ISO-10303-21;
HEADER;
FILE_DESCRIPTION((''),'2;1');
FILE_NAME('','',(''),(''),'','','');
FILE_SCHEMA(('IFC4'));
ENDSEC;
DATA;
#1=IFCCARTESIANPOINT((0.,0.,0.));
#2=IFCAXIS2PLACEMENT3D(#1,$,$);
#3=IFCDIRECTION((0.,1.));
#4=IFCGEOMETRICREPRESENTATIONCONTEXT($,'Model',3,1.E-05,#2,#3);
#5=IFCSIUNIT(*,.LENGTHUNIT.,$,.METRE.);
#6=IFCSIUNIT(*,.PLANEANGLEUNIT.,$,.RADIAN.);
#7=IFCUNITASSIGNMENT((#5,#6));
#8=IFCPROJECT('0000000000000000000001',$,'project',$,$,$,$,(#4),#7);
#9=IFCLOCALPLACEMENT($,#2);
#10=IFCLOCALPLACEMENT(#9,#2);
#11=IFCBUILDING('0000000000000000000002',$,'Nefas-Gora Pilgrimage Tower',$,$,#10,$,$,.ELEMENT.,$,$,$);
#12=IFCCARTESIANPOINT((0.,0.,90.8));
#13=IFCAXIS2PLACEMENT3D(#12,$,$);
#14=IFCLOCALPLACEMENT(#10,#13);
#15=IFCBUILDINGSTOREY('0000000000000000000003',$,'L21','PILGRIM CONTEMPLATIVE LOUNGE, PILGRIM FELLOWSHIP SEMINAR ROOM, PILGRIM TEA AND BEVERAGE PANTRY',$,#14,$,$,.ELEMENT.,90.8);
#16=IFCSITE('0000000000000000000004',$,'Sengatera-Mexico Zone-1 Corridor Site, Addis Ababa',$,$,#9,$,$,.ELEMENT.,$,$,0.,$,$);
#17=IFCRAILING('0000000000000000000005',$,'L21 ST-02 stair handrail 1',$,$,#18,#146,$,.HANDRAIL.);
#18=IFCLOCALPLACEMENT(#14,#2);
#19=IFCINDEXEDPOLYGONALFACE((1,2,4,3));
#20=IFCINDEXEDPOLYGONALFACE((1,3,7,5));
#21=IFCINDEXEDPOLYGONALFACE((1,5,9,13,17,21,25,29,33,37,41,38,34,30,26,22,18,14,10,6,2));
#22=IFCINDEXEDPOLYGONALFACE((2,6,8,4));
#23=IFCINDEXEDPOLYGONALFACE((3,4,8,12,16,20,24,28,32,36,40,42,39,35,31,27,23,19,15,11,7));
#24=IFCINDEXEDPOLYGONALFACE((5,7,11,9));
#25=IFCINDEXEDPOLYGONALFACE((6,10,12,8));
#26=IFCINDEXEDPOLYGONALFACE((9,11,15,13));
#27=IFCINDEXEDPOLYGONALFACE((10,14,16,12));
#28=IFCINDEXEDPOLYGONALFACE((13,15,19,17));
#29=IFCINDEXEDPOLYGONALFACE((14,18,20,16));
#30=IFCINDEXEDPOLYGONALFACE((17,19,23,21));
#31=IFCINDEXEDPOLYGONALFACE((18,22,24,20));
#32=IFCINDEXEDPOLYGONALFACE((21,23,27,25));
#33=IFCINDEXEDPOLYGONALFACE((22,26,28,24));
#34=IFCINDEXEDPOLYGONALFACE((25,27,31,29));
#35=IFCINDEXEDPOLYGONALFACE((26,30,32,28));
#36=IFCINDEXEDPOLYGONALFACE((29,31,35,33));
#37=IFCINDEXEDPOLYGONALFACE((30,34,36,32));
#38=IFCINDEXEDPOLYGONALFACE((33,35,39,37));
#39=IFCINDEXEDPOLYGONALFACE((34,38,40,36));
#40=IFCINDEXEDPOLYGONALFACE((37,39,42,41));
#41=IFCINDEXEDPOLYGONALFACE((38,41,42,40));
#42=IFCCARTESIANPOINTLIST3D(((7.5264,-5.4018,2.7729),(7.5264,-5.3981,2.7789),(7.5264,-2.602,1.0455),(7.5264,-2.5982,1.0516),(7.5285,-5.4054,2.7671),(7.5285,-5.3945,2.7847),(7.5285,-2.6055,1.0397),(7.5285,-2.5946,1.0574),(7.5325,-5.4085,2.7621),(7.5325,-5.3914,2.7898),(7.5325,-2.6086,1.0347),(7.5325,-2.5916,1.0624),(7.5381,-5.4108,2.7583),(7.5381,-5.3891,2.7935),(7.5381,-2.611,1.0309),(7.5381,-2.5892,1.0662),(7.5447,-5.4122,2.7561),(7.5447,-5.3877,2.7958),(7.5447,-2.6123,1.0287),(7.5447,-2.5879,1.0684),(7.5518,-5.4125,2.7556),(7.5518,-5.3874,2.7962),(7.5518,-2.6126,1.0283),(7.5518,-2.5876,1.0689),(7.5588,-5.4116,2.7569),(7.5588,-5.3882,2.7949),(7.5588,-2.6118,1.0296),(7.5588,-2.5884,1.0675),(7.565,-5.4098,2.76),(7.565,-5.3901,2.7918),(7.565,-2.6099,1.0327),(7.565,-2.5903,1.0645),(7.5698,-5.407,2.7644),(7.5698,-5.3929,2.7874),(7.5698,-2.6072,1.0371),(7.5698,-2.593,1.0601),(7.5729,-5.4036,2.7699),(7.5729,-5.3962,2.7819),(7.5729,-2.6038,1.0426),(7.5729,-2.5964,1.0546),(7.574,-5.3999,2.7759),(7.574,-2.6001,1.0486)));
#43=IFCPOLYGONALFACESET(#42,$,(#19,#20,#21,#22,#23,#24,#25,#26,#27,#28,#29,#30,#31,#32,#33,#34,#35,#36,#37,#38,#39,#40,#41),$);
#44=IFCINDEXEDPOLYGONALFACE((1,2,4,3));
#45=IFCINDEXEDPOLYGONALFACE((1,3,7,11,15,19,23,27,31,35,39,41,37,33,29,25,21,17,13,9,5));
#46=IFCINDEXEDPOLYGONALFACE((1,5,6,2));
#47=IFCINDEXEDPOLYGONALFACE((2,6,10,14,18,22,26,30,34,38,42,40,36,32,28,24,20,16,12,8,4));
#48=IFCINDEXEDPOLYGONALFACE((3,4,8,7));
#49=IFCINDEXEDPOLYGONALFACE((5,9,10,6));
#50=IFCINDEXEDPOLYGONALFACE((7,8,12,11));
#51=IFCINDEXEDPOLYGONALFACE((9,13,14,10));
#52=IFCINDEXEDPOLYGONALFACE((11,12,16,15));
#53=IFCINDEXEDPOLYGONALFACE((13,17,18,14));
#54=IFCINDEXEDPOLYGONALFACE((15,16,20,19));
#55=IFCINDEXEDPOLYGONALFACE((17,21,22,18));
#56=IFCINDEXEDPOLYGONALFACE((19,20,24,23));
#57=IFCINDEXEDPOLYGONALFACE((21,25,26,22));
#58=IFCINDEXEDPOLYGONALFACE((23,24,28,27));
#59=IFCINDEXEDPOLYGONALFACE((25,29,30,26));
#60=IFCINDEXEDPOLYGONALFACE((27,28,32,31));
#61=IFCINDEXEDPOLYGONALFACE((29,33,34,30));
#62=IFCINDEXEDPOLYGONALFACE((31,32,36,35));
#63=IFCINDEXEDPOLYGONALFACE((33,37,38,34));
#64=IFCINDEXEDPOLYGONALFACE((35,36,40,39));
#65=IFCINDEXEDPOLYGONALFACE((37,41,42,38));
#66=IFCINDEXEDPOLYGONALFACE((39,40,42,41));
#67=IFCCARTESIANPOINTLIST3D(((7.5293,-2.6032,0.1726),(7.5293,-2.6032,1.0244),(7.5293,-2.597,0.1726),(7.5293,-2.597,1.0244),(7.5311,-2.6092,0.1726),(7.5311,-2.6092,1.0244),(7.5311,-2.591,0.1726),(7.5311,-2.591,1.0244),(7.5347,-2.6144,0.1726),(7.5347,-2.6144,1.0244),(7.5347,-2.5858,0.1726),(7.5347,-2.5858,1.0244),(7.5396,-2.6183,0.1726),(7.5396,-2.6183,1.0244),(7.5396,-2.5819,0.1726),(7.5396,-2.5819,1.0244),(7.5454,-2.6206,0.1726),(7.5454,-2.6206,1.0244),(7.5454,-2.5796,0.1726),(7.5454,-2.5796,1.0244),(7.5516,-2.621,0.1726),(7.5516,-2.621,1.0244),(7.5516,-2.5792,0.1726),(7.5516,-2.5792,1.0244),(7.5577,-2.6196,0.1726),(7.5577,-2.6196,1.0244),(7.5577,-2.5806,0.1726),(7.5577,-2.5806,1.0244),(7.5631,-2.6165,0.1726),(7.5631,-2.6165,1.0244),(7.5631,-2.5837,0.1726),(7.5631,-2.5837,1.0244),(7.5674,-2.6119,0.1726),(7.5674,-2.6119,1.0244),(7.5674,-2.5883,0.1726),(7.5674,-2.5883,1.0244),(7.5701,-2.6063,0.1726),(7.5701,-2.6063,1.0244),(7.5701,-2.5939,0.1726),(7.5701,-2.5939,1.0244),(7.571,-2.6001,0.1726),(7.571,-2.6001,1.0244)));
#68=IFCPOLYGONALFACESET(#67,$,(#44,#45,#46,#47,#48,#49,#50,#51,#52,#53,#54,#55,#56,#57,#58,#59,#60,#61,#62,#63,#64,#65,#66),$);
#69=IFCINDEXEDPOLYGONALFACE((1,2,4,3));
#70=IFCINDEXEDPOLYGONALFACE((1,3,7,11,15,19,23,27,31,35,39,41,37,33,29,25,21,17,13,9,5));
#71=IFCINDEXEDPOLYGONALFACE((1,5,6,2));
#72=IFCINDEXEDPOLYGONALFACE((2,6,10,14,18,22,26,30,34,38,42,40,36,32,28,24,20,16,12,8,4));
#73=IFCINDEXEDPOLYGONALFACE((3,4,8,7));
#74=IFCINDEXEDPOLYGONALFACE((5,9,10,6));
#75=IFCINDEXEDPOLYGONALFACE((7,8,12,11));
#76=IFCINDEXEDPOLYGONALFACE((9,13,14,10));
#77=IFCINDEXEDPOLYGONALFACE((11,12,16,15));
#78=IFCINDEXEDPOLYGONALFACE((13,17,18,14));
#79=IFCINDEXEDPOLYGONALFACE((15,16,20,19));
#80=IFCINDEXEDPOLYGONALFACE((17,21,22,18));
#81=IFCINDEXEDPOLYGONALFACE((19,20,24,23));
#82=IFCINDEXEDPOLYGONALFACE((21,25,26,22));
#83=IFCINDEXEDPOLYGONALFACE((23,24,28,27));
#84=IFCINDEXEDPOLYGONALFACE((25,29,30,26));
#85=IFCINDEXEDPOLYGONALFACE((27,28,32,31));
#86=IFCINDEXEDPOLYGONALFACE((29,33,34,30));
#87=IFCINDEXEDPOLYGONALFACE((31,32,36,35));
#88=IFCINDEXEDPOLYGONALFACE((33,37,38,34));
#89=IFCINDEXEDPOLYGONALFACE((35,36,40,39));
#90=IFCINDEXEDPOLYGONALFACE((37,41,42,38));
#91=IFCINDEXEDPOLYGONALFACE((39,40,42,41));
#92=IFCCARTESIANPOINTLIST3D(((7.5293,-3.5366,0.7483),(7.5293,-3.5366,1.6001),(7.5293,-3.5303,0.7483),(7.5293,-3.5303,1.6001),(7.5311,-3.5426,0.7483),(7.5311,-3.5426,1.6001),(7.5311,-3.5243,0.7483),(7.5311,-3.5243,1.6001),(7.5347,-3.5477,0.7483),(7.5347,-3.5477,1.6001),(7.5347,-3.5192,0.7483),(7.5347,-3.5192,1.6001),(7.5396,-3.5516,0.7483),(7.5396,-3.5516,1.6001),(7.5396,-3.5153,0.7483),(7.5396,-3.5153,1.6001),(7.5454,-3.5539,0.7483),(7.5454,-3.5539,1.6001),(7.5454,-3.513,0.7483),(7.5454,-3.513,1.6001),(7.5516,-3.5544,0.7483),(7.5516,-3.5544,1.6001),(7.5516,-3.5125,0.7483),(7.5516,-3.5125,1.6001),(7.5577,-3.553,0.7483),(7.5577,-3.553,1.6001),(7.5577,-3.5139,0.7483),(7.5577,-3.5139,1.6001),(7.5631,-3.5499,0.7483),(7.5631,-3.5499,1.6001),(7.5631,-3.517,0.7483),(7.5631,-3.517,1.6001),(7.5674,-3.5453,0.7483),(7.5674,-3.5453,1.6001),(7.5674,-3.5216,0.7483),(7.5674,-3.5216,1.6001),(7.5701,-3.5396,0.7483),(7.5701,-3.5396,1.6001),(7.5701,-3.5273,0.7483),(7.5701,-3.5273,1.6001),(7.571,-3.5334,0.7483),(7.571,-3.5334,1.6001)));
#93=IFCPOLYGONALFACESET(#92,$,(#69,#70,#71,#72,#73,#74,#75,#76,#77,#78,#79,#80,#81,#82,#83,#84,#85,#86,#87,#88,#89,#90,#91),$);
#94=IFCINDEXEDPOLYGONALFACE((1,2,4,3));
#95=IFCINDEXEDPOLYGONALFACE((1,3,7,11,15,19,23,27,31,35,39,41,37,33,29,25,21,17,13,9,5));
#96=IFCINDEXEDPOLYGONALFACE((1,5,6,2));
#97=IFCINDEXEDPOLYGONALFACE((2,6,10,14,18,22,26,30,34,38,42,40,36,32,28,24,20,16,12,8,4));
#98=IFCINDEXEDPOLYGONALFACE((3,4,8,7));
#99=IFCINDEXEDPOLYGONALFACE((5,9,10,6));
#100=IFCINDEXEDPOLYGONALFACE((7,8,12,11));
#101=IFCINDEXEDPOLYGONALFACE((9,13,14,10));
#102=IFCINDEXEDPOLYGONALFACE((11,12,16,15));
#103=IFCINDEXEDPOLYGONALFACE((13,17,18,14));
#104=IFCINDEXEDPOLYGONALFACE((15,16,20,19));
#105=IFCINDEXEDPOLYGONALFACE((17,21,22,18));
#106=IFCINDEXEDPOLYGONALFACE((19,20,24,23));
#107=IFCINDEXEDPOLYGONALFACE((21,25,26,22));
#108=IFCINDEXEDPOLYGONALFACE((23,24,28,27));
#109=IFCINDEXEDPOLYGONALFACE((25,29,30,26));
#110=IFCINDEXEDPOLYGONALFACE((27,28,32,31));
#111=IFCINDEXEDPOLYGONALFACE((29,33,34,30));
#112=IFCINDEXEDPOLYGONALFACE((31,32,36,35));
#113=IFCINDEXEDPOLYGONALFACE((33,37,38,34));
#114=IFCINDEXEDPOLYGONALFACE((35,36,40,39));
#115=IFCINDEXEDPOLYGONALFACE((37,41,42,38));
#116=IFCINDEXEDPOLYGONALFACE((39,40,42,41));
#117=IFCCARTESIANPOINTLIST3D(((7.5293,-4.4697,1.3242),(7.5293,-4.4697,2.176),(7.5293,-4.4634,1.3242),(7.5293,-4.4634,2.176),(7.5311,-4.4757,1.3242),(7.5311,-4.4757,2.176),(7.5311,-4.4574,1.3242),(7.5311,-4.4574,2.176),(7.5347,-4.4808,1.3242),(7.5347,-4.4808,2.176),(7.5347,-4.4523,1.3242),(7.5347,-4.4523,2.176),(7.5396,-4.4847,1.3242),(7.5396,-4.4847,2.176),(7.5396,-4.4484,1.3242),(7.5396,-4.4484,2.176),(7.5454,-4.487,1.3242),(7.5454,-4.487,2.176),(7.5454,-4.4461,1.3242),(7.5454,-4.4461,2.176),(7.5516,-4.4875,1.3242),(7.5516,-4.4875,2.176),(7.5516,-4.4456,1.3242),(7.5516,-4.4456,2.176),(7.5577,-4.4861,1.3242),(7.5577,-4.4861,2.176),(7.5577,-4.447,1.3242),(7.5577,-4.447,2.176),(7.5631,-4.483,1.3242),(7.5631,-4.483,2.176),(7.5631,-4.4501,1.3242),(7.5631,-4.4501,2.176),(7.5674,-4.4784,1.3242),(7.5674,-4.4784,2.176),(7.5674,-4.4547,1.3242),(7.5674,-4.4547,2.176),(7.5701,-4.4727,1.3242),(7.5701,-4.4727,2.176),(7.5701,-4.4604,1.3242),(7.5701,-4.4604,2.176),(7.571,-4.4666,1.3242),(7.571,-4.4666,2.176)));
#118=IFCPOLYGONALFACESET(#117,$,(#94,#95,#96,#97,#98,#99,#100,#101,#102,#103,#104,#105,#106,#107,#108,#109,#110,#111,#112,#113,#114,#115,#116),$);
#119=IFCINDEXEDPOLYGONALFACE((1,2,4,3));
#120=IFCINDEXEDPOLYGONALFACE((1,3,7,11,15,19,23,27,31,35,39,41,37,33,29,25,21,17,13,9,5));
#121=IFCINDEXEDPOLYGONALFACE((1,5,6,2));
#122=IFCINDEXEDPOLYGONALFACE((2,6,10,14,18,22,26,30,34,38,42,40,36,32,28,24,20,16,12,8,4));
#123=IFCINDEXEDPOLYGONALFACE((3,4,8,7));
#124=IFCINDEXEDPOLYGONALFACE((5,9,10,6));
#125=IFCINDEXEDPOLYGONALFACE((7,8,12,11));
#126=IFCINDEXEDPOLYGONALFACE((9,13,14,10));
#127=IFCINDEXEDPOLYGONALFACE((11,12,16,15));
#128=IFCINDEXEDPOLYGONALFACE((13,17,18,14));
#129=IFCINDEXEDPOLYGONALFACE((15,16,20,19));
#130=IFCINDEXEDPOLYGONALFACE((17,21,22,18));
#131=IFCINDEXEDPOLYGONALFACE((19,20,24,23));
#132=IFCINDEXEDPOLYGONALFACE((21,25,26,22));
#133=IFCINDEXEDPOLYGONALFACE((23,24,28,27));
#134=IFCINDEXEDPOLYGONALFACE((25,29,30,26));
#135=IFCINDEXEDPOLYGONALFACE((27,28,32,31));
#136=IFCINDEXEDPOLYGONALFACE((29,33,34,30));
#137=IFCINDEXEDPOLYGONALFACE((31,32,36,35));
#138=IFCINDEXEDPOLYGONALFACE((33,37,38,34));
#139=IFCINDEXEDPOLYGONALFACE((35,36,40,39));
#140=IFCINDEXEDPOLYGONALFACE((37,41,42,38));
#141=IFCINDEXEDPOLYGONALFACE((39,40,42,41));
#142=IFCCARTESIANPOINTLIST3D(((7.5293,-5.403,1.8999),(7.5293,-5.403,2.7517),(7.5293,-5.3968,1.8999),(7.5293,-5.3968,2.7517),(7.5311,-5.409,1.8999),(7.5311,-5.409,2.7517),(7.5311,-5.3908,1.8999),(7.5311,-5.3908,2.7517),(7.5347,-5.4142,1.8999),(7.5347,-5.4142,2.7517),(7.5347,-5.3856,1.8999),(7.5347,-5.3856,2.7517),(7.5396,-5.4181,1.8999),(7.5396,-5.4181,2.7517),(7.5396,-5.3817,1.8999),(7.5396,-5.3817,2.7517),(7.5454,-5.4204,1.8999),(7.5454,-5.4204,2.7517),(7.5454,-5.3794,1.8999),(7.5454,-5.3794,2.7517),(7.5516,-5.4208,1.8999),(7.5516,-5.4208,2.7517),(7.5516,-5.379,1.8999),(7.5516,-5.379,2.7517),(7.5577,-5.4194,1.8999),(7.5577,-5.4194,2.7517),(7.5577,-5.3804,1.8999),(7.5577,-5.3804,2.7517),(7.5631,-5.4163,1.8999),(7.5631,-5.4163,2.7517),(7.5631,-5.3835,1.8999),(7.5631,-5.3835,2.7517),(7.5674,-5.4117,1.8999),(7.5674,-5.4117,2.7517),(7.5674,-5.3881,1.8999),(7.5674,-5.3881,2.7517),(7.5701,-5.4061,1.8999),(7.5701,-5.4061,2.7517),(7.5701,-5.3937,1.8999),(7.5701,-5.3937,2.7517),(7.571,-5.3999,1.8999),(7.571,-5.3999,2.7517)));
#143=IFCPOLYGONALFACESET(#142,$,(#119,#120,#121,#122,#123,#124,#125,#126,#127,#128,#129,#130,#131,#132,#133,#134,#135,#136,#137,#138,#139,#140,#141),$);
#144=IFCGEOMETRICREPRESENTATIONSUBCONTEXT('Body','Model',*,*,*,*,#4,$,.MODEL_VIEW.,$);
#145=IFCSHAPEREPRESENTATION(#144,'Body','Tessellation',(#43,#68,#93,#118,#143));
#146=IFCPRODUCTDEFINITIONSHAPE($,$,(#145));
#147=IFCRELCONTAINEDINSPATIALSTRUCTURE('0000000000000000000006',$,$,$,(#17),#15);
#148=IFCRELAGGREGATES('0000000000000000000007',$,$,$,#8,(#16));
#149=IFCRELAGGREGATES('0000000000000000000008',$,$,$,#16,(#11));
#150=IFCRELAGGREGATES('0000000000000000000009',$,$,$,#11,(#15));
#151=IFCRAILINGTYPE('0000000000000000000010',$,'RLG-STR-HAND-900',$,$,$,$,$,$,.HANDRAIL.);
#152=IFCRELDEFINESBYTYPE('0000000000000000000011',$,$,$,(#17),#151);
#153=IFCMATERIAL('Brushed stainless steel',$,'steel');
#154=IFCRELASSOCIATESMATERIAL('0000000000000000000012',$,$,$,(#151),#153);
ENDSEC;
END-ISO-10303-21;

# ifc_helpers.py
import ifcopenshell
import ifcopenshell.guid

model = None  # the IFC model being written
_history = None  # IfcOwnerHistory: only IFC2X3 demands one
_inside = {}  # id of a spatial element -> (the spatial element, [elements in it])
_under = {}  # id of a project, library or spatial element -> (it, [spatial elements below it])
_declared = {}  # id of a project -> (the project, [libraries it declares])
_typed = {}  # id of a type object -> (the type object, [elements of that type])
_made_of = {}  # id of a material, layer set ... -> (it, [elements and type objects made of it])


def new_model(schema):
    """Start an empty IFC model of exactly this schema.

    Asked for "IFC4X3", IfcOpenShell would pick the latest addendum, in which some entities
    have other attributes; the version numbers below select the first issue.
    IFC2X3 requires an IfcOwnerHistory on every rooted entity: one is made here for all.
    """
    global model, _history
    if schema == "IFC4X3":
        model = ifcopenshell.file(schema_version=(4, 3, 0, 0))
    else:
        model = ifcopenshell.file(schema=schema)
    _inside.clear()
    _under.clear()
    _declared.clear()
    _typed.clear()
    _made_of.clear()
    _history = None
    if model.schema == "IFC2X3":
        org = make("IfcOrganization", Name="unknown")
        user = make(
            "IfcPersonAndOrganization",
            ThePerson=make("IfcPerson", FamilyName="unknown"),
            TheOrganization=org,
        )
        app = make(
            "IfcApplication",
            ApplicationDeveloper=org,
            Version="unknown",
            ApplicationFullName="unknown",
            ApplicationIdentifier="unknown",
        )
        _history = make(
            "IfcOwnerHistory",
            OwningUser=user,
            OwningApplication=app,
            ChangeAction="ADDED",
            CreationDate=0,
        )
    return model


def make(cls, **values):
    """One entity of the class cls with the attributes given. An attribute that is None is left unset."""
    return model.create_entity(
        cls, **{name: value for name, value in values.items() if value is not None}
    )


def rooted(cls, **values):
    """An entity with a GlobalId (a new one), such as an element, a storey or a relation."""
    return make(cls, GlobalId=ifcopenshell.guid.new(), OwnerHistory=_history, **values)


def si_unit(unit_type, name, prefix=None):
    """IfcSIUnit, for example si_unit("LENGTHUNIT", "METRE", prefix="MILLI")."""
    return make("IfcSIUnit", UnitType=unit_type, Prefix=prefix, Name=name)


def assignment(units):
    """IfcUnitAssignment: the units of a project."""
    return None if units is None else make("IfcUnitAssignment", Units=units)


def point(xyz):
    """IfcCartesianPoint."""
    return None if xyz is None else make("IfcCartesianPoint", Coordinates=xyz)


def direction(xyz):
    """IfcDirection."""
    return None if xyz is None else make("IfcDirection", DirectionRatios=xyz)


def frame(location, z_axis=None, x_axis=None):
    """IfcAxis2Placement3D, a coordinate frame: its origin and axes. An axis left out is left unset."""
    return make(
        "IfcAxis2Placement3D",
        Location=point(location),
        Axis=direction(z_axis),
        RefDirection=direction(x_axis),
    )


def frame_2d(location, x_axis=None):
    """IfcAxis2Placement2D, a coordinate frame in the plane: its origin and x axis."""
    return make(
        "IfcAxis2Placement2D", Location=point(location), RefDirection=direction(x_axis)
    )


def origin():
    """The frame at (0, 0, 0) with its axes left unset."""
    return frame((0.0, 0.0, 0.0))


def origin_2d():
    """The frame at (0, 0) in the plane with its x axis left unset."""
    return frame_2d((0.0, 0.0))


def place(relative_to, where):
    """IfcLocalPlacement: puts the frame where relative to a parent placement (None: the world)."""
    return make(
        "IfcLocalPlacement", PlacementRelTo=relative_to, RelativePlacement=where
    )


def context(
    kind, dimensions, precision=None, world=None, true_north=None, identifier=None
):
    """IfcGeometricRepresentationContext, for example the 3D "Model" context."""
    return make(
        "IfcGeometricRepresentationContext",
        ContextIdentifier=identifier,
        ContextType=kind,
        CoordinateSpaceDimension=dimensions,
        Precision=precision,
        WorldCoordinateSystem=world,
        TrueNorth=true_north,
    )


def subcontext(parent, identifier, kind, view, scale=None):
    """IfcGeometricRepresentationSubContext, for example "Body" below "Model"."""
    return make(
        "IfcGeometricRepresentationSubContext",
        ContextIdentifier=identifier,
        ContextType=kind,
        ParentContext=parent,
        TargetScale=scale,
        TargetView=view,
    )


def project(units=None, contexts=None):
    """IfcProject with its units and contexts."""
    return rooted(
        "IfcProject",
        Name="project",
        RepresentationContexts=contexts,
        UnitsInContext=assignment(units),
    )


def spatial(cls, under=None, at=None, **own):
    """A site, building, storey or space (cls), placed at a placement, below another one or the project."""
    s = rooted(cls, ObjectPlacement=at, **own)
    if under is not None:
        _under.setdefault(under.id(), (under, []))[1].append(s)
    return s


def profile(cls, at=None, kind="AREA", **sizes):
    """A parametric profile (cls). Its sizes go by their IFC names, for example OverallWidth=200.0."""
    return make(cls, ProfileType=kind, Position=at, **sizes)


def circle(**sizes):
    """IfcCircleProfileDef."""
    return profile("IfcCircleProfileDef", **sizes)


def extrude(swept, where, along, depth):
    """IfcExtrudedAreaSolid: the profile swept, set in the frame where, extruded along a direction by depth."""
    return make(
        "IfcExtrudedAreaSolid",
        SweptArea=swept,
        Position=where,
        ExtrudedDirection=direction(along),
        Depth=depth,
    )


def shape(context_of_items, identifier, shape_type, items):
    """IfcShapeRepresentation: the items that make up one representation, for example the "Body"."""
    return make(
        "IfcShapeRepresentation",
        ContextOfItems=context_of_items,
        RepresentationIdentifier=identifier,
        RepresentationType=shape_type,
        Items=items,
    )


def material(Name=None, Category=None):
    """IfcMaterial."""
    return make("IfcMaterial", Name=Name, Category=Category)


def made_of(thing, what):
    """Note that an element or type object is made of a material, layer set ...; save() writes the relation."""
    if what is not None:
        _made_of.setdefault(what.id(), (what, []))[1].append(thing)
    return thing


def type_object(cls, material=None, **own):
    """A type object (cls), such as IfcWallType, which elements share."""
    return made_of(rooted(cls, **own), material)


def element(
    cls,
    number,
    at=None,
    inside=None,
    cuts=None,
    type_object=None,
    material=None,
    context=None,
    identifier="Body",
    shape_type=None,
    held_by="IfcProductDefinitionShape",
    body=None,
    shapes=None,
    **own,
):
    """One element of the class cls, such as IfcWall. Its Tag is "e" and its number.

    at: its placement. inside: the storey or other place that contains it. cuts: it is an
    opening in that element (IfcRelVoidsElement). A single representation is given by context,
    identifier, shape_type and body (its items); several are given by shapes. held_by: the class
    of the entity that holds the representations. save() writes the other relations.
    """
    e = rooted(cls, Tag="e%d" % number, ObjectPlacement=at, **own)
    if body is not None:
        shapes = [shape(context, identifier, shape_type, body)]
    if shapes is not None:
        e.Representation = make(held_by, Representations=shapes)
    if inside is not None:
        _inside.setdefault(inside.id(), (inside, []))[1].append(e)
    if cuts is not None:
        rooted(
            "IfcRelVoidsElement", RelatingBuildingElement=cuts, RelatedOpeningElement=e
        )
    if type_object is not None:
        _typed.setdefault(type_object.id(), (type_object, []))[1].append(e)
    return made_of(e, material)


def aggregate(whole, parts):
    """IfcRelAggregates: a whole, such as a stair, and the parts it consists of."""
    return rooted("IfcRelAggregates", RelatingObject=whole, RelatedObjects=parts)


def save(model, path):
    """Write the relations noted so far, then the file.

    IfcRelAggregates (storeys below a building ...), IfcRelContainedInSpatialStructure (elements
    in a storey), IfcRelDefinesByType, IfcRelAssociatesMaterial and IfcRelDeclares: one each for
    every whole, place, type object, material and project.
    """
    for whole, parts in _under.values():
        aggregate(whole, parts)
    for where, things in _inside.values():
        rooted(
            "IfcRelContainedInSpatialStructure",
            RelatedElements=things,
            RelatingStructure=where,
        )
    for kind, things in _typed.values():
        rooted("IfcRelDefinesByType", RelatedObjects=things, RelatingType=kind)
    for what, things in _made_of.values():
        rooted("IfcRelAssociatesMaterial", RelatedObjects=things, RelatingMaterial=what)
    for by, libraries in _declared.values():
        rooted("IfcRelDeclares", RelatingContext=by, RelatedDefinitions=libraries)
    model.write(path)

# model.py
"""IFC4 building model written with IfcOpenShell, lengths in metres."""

from ifc_helpers import new_model, si_unit, direction, frame, origin, origin_2d, place, context, subcontext, project, spatial, circle, extrude, material, type_object, element, save


model = new_model("IFC4")

# Units and contexts
model_context = context("Model", 3, precision=1e-05, world=origin(), true_north=direction((0.0, 1.0)))
body_context = subcontext(model_context, "Body", "Model", "MODEL_VIEW")
ifc_project = project(units=[si_unit("LENGTHUNIT", "METRE"), si_unit("PLANEANGLEUNIT", "RADIAN")], contexts=[model_context])

# Site, building, storey
site_placement = place(None, origin())
site = spatial("IfcSite", under=ifc_project, at=site_placement, Name="Sengatera-Mexico Zone-1 Corridor Site, Addis Ababa", CompositionType="ELEMENT", RefElevation=0.0)
building_placement = place(site_placement, origin())
building = spatial("IfcBuilding", under=site, at=building_placement, Name="Nefas-Gora Pilgrimage Tower", CompositionType="ELEMENT")
storey_placement = place(building_placement, frame((0.0, 0.0, 90.8)))
storey = spatial("IfcBuildingStorey", under=building, at=storey_placement, Name="L21", Description="PILGRIM CONTEMPLATIVE LOUNGE, PILGRIM FELLOWSHIP SEMINAR ROOM, PILGRIM TEA AND BEVERAGE PANTRY", CompositionType="ELEMENT", Elevation=90.8)

# Railing
ifc_material_1 = material(Name="Brushed stainless steel", Category="steel")
railing_type_1 = type_object("IfcRailingType", Name="RLG-STR-HAND-900", PredefinedType="HANDRAIL", material=ifc_material_1)
railing_1_placement = place(storey_placement, frame((7.55, -2.6001, 0.1726)))
element("IfcRailing", 1, at=railing_1_placement, inside=storey, type_object=railing_type_1, Name="L21 ST-02 stair handrail 1", PredefinedType="HANDRAIL", context=body_context, shape_type="SweptSolid", body=[
    extrude(circle(Radius=0.0239, at=origin_2d()), frame((0.0, 0.0, 0.876), z_axis=(0.0, -0.851069, 0.525054), x_axis=(1.0, 0.0, 0.0)), (0.0, 0.0, 1.0), 3.2898),
    extrude(circle(Radius=0.021, at=origin_2d()), origin(), (0.0, 0.0, 1.0), 0.8518),
    extrude(circle(Radius=0.021, at=origin_2d()), frame((0.0, -0.9333, 0.5757)), (0.0, 0.0, 1.0), 0.8518),
    extrude(circle(Radius=0.021, at=origin_2d()), frame((0.0, -1.8665, 1.1516)), (0.0, 0.0, 1.0), 0.8518),
    extrude(circle(Radius=0.021, at=origin_2d()), frame((0.0, -2.7998, 1.7273)), (0.0, 0.0, 1.0), 0.8518),
])

save(model, "model.ifc")
